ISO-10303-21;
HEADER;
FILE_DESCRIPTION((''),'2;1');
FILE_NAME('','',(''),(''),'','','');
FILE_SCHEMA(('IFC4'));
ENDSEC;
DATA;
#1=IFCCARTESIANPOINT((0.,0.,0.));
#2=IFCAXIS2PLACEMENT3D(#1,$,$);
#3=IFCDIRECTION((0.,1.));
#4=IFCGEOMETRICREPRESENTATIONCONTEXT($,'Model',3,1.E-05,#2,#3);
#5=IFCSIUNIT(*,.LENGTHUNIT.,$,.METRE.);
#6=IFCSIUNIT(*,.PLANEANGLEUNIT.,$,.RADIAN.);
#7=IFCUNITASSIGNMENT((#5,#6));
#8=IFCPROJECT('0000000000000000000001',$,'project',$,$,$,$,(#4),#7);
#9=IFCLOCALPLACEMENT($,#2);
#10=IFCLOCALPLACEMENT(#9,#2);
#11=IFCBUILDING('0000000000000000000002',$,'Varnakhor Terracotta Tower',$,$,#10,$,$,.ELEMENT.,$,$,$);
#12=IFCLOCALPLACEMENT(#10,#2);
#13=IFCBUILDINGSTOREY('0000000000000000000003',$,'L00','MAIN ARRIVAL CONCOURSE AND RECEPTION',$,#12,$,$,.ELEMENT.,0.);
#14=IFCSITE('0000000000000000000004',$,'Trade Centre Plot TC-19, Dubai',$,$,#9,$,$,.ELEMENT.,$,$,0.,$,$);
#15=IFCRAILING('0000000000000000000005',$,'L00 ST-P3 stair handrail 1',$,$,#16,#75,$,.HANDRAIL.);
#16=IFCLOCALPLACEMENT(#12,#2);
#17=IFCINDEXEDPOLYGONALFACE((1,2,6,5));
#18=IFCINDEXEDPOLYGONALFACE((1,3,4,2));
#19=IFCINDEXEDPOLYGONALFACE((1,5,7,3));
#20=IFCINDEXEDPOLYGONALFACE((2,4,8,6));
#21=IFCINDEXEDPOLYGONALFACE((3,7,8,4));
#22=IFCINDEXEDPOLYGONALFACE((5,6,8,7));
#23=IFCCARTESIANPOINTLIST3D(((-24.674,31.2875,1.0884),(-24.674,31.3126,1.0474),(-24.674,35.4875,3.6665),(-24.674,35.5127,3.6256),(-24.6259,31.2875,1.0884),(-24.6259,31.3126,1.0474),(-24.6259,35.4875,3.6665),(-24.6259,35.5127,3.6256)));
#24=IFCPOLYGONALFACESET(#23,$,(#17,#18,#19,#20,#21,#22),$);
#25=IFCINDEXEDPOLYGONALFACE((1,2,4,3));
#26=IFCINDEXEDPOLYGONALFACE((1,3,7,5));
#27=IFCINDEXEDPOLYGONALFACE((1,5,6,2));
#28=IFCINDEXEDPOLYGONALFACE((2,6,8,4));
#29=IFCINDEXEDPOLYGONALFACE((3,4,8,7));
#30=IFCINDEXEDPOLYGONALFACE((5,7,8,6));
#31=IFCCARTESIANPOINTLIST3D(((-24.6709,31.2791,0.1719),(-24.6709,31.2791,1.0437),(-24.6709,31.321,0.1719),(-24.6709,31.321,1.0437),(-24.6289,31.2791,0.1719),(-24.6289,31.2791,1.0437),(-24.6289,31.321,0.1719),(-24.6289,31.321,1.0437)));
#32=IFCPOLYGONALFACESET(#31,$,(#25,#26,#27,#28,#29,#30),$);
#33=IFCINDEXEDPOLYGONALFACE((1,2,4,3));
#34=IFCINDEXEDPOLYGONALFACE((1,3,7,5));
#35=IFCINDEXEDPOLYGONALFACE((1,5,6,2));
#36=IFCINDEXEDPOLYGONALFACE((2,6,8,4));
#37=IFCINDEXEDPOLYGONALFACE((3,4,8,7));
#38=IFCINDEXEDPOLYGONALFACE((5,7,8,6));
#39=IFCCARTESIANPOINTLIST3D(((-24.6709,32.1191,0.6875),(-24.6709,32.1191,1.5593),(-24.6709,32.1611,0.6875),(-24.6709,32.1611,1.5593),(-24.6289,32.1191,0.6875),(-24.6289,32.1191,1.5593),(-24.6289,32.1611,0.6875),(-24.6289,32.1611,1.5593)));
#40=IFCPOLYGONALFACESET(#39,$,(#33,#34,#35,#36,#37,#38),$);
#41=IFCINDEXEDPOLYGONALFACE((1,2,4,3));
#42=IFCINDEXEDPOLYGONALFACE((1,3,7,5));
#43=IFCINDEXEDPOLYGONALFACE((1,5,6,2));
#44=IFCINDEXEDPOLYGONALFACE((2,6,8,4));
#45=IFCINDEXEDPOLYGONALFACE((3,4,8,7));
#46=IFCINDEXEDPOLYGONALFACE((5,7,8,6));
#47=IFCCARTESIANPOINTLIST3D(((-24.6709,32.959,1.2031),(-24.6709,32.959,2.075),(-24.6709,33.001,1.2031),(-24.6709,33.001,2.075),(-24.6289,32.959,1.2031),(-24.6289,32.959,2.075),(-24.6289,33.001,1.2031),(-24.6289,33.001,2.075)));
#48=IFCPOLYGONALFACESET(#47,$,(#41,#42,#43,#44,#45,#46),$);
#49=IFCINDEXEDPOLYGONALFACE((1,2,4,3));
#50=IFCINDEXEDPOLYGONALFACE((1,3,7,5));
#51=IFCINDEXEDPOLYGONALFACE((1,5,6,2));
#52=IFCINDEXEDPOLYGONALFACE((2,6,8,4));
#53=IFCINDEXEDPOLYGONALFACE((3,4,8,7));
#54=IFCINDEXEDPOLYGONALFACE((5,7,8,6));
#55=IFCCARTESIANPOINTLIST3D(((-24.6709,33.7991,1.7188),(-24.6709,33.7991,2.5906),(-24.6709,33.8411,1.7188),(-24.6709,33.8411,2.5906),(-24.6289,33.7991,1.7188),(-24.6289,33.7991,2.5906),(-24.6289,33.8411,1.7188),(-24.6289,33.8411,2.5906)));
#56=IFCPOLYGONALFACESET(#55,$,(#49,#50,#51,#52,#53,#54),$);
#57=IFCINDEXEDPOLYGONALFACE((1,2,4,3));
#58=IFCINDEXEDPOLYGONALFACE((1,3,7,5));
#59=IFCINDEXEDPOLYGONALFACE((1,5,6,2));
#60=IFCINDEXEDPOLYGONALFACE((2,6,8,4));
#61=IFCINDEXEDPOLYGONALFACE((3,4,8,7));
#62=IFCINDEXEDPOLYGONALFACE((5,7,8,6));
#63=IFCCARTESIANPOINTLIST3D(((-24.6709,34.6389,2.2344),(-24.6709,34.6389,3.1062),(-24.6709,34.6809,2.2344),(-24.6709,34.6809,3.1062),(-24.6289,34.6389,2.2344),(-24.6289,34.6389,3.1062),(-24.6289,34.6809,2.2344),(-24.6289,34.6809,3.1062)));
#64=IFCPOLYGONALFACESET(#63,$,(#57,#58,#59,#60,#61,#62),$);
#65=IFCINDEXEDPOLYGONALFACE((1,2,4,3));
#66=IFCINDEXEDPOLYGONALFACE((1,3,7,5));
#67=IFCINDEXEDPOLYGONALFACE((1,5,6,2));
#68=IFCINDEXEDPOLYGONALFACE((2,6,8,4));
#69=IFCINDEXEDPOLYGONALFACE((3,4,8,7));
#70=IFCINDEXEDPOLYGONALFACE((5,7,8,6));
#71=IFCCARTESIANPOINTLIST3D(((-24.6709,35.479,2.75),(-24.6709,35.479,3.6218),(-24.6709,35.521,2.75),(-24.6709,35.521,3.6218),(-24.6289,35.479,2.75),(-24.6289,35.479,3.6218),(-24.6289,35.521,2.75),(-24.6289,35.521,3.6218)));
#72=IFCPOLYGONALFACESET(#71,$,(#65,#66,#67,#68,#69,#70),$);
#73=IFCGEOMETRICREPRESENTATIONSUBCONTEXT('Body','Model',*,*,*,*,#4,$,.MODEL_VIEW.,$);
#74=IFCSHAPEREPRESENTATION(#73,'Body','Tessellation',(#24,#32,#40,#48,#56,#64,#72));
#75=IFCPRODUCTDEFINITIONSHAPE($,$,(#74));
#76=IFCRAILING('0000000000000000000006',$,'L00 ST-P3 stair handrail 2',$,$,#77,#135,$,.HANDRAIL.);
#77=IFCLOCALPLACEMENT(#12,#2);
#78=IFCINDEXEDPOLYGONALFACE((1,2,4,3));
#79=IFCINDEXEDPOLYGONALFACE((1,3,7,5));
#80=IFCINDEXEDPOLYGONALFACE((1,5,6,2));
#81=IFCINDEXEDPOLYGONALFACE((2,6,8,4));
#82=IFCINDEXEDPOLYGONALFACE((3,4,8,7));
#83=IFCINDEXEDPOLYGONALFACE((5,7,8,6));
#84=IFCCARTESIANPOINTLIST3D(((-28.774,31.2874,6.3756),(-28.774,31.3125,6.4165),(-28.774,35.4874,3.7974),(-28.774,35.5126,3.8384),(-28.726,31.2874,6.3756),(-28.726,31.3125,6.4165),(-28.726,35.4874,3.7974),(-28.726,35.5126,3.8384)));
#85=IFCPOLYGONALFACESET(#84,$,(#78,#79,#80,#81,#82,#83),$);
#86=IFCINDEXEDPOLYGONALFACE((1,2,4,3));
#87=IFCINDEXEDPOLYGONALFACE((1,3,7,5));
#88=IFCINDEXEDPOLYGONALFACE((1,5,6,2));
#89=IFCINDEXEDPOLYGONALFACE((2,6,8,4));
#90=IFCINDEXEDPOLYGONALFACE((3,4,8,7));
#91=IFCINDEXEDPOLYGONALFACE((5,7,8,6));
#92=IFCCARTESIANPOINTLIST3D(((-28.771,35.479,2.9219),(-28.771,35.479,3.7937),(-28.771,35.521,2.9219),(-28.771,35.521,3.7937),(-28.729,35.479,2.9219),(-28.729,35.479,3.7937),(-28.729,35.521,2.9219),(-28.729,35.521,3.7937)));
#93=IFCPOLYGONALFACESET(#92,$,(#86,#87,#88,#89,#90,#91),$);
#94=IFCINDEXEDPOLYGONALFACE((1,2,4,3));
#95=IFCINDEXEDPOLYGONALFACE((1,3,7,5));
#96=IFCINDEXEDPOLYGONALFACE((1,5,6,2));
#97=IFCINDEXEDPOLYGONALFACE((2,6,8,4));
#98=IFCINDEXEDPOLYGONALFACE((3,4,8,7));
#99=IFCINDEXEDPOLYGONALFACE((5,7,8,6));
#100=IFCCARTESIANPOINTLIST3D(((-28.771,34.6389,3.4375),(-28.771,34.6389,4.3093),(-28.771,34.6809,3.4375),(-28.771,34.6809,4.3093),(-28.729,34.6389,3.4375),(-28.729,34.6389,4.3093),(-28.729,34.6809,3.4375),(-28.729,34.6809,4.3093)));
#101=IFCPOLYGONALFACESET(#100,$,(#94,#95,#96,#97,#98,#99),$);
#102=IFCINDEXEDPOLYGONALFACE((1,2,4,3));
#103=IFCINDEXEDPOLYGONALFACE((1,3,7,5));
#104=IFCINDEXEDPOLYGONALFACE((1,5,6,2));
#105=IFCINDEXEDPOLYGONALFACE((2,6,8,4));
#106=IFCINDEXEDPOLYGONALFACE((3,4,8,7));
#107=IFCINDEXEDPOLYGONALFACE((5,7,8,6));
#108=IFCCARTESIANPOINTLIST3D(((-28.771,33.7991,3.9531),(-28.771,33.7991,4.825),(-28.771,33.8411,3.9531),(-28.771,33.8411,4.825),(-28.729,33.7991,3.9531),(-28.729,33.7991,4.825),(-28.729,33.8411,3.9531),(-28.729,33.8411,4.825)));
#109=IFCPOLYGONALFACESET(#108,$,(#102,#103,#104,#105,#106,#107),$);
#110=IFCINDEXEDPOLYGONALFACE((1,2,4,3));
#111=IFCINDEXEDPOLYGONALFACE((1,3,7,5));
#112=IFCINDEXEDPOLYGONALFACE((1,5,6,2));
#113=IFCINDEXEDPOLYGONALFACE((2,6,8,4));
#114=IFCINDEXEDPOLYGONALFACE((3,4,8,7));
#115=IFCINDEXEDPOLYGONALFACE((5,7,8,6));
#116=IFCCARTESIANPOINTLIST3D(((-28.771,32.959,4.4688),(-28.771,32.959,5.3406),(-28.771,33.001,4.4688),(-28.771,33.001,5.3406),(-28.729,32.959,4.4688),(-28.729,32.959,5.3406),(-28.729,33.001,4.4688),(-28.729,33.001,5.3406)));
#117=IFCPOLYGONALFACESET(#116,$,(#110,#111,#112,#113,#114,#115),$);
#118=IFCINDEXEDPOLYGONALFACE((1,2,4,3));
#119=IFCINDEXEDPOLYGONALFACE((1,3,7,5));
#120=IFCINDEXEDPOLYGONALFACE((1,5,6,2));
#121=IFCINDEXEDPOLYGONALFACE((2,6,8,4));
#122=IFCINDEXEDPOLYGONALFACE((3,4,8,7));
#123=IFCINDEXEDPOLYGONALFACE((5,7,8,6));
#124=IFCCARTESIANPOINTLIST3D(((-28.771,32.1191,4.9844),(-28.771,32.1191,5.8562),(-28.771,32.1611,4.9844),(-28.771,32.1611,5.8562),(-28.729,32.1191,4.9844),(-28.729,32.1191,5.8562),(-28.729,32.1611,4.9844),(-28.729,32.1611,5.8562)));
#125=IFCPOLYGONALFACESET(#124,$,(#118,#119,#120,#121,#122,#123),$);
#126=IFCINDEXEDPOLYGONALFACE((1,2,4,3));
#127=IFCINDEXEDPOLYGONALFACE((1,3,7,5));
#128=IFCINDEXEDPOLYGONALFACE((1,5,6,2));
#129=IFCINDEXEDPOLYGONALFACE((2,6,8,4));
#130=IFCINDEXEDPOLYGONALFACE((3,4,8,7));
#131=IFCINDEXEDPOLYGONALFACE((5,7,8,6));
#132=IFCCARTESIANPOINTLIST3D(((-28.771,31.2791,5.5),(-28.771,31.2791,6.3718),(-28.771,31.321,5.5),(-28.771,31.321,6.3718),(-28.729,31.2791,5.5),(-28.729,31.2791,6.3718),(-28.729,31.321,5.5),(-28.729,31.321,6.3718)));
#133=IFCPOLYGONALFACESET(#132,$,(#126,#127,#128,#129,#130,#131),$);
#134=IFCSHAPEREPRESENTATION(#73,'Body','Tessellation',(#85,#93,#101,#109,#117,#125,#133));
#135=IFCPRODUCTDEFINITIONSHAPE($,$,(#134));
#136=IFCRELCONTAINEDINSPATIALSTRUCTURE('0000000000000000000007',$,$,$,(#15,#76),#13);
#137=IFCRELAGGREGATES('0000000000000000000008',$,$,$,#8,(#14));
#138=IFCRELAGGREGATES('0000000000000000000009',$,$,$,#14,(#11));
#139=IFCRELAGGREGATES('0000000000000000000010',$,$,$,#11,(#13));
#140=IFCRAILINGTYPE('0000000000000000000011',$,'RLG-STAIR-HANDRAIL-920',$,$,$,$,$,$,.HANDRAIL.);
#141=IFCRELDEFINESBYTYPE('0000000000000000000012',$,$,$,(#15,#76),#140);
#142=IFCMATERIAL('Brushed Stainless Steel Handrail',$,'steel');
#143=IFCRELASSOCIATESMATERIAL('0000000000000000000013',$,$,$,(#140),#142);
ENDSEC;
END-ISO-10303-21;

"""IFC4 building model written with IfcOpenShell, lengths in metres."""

from ifc_helpers import new_model, si_unit, direction, frame, origin, origin_2d, place, context, subcontext, project, spatial, rectangle, extrude, material, type_object, element, save


model = new_model("IFC4")

# Units and contexts
model_context = context("Model", 3, precision=1e-05, world=origin(), true_north=direction((0.0, 1.0)))
body_context = subcontext(model_context, "Body", "Model", "MODEL_VIEW")
ifc_project = project(units=[si_unit("LENGTHUNIT", "METRE"), si_unit("PLANEANGLEUNIT", "RADIAN")], contexts=[model_context])

# Site, building, storey
site_placement = place(None, origin())
site = spatial("IfcSite", under=ifc_project, at=site_placement, Name="Trade Centre Plot TC-19, Dubai", CompositionType="ELEMENT", RefElevation=0.0)
building_placement = place(site_placement, origin())
building = spatial("IfcBuilding", under=site, at=building_placement, Name="Varnakhor Terracotta Tower", CompositionType="ELEMENT")
storey_placement = place(building_placement, origin())
storey = spatial("IfcBuildingStorey", under=building, at=storey_placement, Name="L00", Description="MAIN ARRIVAL CONCOURSE AND RECEPTION", CompositionType="ELEMENT", Elevation=0.0)

# Railings
ifc_material_1 = material(Name="Brushed Stainless Steel Handrail", Category="steel")
railing_type_1 = type_object("IfcRailingType", Name="RLG-STAIR-HANDRAIL-920", PredefinedType="HANDRAIL", material=ifc_material_1)
railing_1_placement = place(storey_placement, frame((-24.6499, 31.3, 0.1719)))
element("IfcRailing", 1, at=railing_1_placement, inside=storey, type_object=railing_type_1, Name="L00 ST-P3 stair handrail 1", PredefinedType="HANDRAIL", context=body_context, shape_type="SweptSolid", body=[
    extrude(rectangle(XDim=0.0481, YDim=0.0481, at=origin_2d()), frame((0.0, 0.0, 0.896), z_axis=(0.0, 0.852243, 0.523146), x_axis=(-1.0, 0.0, 0.0)), (0.0, 0.0, 1.0), 4.9282),
    extrude(rectangle(XDim=0.042, YDim=0.042, at=origin_2d()), origin(), (0.0, 0.0, 1.0), 0.8718),
    extrude(rectangle(XDim=0.042, YDim=0.042, at=origin_2d()), frame((0.0, 0.8401, 0.5156)), (0.0, 0.0, 1.0), 0.8718),
    extrude(rectangle(XDim=0.042, YDim=0.042, at=origin_2d()), frame((0.0, 1.6799, 1.0312)), (0.0, 0.0, 1.0), 0.8718),
    extrude(rectangle(XDim=0.042, YDim=0.042, at=origin_2d()), frame((0.0, 2.52, 1.5469)), (0.0, 0.0, 1.0), 0.8718),
    extrude(rectangle(XDim=0.042, YDim=0.042, at=origin_2d()), frame((0.0, 3.3599, 2.0625)), (0.0, 0.0, 1.0), 0.8718),
    extrude(rectangle(XDim=0.042, YDim=0.042, at=origin_2d()), frame((0.0, 4.2, 2.5781)), (0.0, 0.0, 1.0), 0.8718),
])
railing_2_placement = place(storey_placement, frame((-28.75, 35.5, 2.9219)))
element("IfcRailing", 2, at=railing_2_placement, inside=storey, type_object=railing_type_1, Name="L00 ST-P3 stair handrail 2", PredefinedType="HANDRAIL", context=body_context, shape_type="SweptSolid", body=[
    extrude(rectangle(XDim=0.0481, YDim=0.0481, at=origin_2d()), frame((0.0, 0.0, 0.896), z_axis=(0.0, -0.852243, 0.523146), x_axis=(1.0, 0.0, 0.0)), (0.0, 0.0, 1.0), 4.9282),
    extrude(rectangle(XDim=0.042, YDim=0.042, at=origin_2d()), origin(), (0.0, 0.0, 1.0), 0.8718),
    extrude(rectangle(XDim=0.042, YDim=0.042, at=origin_2d()), frame((0.0, -0.8401, 0.5156)), (0.0, 0.0, 1.0), 0.8718),
    extrude(rectangle(XDim=0.042, YDim=0.042, at=origin_2d()), frame((0.0, -1.6799, 1.0312)), (0.0, 0.0, 1.0), 0.8718),
    extrude(rectangle(XDim=0.042, YDim=0.042, at=origin_2d()), frame((0.0, -2.52, 1.5469)), (0.0, 0.0, 1.0), 0.8718),
    extrude(rectangle(XDim=0.042, YDim=0.042, at=origin_2d()), frame((0.0, -3.3599, 2.0625)), (0.0, 0.0, 1.0), 0.8718),
    extrude(rectangle(XDim=0.042, YDim=0.042, at=origin_2d()), frame((0.0, -4.2, 2.5781)), (0.0, 0.0, 1.0), 0.8718),
])

save(model, "model.ifc")
